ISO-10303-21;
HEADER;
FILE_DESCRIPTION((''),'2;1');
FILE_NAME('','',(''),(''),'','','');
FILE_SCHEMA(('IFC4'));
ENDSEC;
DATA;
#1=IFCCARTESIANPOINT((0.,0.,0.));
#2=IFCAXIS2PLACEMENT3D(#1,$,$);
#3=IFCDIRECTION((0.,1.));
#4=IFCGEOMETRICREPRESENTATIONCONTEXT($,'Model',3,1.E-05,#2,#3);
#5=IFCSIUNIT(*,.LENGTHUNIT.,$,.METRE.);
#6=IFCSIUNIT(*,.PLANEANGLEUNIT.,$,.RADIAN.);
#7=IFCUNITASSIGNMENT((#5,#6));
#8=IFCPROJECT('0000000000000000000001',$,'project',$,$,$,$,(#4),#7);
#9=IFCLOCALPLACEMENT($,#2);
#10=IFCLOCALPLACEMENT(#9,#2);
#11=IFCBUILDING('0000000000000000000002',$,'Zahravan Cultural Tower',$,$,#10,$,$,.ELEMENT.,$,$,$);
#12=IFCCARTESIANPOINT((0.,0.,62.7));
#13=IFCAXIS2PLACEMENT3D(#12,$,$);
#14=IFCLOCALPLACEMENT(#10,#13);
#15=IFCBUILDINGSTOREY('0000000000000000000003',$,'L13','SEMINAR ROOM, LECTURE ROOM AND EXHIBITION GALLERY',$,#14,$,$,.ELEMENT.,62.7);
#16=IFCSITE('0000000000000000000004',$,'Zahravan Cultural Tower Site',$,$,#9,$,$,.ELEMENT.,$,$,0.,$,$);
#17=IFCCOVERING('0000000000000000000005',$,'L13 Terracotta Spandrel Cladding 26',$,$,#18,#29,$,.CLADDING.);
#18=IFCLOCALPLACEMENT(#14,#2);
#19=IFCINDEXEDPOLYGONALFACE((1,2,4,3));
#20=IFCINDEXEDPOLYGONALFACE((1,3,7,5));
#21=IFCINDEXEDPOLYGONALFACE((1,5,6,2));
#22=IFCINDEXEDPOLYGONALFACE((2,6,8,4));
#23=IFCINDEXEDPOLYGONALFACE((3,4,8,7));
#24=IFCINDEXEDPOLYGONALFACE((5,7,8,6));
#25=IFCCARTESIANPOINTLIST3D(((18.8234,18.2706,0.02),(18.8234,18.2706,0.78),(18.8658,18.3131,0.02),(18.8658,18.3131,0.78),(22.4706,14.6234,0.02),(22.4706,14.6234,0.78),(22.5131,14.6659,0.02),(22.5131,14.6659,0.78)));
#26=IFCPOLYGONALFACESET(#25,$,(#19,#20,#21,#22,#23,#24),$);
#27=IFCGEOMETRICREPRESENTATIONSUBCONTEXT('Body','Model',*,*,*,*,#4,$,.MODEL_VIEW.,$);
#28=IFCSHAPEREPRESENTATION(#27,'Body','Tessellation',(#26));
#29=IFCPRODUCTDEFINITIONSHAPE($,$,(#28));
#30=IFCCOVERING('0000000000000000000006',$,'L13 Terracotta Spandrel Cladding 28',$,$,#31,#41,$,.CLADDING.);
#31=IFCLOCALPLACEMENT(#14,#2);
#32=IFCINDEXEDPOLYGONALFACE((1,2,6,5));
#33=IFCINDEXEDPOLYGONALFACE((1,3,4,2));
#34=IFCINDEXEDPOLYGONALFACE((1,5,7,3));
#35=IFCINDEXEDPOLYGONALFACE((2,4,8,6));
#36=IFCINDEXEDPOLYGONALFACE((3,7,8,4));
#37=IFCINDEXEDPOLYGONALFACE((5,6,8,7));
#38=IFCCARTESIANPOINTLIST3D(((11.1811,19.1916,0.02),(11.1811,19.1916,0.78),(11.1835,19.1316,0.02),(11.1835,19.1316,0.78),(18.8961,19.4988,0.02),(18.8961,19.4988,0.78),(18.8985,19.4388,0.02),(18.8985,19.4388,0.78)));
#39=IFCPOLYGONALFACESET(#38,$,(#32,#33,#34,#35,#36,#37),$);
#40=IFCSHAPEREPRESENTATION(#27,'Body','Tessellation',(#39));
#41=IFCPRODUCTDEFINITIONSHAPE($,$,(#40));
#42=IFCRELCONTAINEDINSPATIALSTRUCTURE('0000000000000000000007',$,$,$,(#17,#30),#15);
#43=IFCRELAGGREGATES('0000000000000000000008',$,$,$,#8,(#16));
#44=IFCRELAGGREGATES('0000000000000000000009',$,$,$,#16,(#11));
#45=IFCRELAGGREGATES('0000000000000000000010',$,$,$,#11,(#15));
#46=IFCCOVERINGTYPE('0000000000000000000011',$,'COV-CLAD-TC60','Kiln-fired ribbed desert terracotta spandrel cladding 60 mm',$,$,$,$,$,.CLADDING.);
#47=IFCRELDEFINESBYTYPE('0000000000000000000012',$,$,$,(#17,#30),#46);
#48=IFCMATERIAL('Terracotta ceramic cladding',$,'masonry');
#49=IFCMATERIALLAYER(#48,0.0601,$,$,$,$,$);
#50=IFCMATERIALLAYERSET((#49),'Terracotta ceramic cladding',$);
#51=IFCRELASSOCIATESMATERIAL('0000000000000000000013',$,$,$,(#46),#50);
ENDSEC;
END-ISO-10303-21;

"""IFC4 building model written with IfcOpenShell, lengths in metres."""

from ifc_helpers import new_model, si_unit, direction, frame, origin, origin_2d, place, context, subcontext, project, spatial, rectangle, extrude, source, transform, mapped, material, layer, layer_set, type_object, element, save


model = new_model("IFC4")

# Units and contexts
model_context = context("Model", 3, precision=1e-05, world=origin(), true_north=direction((0.0, 1.0)))
body_context = subcontext(model_context, "Body", "Model", "MODEL_VIEW")
ifc_project = project(units=[si_unit("LENGTHUNIT", "METRE"), si_unit("PLANEANGLEUNIT", "RADIAN")], contexts=[model_context])

# Site, building, storey
site_placement = place(None, origin())
site = spatial("IfcSite", under=ifc_project, at=site_placement, Name="Zahravan Cultural Tower Site", CompositionType="ELEMENT", RefElevation=0.0)
building_placement = place(site_placement, origin())
building = spatial("IfcBuilding", under=site, at=building_placement, Name="Zahravan Cultural Tower", CompositionType="ELEMENT")
storey_placement = place(building_placement, frame((0.0, 0.0, 62.7)))
storey = spatial("IfcBuildingStorey", under=building, at=storey_placement, Name="L13", Description="SEMINAR ROOM, LECTURE ROOM AND EXHIBITION GALLERY", CompositionType="ELEMENT", Elevation=62.7)

# Coverings
ifc_material_1 = material(Name="Terracotta ceramic cladding", Category="masonry")
ifc_layer_1 = layer(ifc_material_1, 0.0601)
ifc_layer_set_1 = layer_set([ifc_layer_1], Name="Terracotta ceramic cladding")
covering_type_1 = type_object("IfcCoveringType", Name="COV-CLAD-TC60", Description="Kiln-fired ribbed desert terracotta spandrel cladding 60 mm", PredefinedType="CLADDING", material=ifc_layer_set_1)
shared_shape_1 = source(origin(), body_context, "Body", "SweptSolid", [
    extrude(rectangle(XDim=5.158, YDim=0.0601, at=origin_2d()), origin(), (0.0, 0.0, 1.0), 0.76),
])
covering_1_placement = place(storey_placement, frame((20.6682, 16.4683, 0.02), z_axis=(0.0, 0.0, 1.0), x_axis=(-0.707107, 0.707107, 0.0)))
element("IfcCovering", 1, at=covering_1_placement, inside=storey, type_object=covering_type_1, Name="L13 Terracotta Spandrel Cladding 26", PredefinedType="CLADDING", context=body_context, shape_type="MappedRepresentation", body=[
    mapped(shared_shape_1, transform((0.0, 0.0, 0.0), x_axis=(1.0, 0.0, 0.0), y_axis=(0.0, 1.0, 0.0), z_axis=(0.0, 0.0, 1.0), scale=1.0)),
])
shared_shape_2 = source(origin(), body_context, "Body", "SweptSolid", [
    extrude(rectangle(XDim=7.7212, YDim=0.0601, at=origin_2d()), origin(), (0.0, 0.0, 1.0), 0.76),
])
covering_2_placement = place(storey_placement, frame((15.0398, 19.3152, 0.02), z_axis=(0.0, 0.0, 1.0), x_axis=(-0.999208, -0.039783, 0.0)))
element("IfcCovering", 2, at=covering_2_placement, inside=storey, type_object=covering_type_1, Name="L13 Terracotta Spandrel Cladding 28", PredefinedType="CLADDING", context=body_context, shape_type="MappedRepresentation", body=[
    mapped(shared_shape_2, transform((0.0, 0.0, 0.0), x_axis=(1.0, 0.0, 0.0), y_axis=(0.0, 1.0, 0.0), z_axis=(0.0, 0.0, 1.0), scale=1.0)),
])

save(model, "model.ifc")
